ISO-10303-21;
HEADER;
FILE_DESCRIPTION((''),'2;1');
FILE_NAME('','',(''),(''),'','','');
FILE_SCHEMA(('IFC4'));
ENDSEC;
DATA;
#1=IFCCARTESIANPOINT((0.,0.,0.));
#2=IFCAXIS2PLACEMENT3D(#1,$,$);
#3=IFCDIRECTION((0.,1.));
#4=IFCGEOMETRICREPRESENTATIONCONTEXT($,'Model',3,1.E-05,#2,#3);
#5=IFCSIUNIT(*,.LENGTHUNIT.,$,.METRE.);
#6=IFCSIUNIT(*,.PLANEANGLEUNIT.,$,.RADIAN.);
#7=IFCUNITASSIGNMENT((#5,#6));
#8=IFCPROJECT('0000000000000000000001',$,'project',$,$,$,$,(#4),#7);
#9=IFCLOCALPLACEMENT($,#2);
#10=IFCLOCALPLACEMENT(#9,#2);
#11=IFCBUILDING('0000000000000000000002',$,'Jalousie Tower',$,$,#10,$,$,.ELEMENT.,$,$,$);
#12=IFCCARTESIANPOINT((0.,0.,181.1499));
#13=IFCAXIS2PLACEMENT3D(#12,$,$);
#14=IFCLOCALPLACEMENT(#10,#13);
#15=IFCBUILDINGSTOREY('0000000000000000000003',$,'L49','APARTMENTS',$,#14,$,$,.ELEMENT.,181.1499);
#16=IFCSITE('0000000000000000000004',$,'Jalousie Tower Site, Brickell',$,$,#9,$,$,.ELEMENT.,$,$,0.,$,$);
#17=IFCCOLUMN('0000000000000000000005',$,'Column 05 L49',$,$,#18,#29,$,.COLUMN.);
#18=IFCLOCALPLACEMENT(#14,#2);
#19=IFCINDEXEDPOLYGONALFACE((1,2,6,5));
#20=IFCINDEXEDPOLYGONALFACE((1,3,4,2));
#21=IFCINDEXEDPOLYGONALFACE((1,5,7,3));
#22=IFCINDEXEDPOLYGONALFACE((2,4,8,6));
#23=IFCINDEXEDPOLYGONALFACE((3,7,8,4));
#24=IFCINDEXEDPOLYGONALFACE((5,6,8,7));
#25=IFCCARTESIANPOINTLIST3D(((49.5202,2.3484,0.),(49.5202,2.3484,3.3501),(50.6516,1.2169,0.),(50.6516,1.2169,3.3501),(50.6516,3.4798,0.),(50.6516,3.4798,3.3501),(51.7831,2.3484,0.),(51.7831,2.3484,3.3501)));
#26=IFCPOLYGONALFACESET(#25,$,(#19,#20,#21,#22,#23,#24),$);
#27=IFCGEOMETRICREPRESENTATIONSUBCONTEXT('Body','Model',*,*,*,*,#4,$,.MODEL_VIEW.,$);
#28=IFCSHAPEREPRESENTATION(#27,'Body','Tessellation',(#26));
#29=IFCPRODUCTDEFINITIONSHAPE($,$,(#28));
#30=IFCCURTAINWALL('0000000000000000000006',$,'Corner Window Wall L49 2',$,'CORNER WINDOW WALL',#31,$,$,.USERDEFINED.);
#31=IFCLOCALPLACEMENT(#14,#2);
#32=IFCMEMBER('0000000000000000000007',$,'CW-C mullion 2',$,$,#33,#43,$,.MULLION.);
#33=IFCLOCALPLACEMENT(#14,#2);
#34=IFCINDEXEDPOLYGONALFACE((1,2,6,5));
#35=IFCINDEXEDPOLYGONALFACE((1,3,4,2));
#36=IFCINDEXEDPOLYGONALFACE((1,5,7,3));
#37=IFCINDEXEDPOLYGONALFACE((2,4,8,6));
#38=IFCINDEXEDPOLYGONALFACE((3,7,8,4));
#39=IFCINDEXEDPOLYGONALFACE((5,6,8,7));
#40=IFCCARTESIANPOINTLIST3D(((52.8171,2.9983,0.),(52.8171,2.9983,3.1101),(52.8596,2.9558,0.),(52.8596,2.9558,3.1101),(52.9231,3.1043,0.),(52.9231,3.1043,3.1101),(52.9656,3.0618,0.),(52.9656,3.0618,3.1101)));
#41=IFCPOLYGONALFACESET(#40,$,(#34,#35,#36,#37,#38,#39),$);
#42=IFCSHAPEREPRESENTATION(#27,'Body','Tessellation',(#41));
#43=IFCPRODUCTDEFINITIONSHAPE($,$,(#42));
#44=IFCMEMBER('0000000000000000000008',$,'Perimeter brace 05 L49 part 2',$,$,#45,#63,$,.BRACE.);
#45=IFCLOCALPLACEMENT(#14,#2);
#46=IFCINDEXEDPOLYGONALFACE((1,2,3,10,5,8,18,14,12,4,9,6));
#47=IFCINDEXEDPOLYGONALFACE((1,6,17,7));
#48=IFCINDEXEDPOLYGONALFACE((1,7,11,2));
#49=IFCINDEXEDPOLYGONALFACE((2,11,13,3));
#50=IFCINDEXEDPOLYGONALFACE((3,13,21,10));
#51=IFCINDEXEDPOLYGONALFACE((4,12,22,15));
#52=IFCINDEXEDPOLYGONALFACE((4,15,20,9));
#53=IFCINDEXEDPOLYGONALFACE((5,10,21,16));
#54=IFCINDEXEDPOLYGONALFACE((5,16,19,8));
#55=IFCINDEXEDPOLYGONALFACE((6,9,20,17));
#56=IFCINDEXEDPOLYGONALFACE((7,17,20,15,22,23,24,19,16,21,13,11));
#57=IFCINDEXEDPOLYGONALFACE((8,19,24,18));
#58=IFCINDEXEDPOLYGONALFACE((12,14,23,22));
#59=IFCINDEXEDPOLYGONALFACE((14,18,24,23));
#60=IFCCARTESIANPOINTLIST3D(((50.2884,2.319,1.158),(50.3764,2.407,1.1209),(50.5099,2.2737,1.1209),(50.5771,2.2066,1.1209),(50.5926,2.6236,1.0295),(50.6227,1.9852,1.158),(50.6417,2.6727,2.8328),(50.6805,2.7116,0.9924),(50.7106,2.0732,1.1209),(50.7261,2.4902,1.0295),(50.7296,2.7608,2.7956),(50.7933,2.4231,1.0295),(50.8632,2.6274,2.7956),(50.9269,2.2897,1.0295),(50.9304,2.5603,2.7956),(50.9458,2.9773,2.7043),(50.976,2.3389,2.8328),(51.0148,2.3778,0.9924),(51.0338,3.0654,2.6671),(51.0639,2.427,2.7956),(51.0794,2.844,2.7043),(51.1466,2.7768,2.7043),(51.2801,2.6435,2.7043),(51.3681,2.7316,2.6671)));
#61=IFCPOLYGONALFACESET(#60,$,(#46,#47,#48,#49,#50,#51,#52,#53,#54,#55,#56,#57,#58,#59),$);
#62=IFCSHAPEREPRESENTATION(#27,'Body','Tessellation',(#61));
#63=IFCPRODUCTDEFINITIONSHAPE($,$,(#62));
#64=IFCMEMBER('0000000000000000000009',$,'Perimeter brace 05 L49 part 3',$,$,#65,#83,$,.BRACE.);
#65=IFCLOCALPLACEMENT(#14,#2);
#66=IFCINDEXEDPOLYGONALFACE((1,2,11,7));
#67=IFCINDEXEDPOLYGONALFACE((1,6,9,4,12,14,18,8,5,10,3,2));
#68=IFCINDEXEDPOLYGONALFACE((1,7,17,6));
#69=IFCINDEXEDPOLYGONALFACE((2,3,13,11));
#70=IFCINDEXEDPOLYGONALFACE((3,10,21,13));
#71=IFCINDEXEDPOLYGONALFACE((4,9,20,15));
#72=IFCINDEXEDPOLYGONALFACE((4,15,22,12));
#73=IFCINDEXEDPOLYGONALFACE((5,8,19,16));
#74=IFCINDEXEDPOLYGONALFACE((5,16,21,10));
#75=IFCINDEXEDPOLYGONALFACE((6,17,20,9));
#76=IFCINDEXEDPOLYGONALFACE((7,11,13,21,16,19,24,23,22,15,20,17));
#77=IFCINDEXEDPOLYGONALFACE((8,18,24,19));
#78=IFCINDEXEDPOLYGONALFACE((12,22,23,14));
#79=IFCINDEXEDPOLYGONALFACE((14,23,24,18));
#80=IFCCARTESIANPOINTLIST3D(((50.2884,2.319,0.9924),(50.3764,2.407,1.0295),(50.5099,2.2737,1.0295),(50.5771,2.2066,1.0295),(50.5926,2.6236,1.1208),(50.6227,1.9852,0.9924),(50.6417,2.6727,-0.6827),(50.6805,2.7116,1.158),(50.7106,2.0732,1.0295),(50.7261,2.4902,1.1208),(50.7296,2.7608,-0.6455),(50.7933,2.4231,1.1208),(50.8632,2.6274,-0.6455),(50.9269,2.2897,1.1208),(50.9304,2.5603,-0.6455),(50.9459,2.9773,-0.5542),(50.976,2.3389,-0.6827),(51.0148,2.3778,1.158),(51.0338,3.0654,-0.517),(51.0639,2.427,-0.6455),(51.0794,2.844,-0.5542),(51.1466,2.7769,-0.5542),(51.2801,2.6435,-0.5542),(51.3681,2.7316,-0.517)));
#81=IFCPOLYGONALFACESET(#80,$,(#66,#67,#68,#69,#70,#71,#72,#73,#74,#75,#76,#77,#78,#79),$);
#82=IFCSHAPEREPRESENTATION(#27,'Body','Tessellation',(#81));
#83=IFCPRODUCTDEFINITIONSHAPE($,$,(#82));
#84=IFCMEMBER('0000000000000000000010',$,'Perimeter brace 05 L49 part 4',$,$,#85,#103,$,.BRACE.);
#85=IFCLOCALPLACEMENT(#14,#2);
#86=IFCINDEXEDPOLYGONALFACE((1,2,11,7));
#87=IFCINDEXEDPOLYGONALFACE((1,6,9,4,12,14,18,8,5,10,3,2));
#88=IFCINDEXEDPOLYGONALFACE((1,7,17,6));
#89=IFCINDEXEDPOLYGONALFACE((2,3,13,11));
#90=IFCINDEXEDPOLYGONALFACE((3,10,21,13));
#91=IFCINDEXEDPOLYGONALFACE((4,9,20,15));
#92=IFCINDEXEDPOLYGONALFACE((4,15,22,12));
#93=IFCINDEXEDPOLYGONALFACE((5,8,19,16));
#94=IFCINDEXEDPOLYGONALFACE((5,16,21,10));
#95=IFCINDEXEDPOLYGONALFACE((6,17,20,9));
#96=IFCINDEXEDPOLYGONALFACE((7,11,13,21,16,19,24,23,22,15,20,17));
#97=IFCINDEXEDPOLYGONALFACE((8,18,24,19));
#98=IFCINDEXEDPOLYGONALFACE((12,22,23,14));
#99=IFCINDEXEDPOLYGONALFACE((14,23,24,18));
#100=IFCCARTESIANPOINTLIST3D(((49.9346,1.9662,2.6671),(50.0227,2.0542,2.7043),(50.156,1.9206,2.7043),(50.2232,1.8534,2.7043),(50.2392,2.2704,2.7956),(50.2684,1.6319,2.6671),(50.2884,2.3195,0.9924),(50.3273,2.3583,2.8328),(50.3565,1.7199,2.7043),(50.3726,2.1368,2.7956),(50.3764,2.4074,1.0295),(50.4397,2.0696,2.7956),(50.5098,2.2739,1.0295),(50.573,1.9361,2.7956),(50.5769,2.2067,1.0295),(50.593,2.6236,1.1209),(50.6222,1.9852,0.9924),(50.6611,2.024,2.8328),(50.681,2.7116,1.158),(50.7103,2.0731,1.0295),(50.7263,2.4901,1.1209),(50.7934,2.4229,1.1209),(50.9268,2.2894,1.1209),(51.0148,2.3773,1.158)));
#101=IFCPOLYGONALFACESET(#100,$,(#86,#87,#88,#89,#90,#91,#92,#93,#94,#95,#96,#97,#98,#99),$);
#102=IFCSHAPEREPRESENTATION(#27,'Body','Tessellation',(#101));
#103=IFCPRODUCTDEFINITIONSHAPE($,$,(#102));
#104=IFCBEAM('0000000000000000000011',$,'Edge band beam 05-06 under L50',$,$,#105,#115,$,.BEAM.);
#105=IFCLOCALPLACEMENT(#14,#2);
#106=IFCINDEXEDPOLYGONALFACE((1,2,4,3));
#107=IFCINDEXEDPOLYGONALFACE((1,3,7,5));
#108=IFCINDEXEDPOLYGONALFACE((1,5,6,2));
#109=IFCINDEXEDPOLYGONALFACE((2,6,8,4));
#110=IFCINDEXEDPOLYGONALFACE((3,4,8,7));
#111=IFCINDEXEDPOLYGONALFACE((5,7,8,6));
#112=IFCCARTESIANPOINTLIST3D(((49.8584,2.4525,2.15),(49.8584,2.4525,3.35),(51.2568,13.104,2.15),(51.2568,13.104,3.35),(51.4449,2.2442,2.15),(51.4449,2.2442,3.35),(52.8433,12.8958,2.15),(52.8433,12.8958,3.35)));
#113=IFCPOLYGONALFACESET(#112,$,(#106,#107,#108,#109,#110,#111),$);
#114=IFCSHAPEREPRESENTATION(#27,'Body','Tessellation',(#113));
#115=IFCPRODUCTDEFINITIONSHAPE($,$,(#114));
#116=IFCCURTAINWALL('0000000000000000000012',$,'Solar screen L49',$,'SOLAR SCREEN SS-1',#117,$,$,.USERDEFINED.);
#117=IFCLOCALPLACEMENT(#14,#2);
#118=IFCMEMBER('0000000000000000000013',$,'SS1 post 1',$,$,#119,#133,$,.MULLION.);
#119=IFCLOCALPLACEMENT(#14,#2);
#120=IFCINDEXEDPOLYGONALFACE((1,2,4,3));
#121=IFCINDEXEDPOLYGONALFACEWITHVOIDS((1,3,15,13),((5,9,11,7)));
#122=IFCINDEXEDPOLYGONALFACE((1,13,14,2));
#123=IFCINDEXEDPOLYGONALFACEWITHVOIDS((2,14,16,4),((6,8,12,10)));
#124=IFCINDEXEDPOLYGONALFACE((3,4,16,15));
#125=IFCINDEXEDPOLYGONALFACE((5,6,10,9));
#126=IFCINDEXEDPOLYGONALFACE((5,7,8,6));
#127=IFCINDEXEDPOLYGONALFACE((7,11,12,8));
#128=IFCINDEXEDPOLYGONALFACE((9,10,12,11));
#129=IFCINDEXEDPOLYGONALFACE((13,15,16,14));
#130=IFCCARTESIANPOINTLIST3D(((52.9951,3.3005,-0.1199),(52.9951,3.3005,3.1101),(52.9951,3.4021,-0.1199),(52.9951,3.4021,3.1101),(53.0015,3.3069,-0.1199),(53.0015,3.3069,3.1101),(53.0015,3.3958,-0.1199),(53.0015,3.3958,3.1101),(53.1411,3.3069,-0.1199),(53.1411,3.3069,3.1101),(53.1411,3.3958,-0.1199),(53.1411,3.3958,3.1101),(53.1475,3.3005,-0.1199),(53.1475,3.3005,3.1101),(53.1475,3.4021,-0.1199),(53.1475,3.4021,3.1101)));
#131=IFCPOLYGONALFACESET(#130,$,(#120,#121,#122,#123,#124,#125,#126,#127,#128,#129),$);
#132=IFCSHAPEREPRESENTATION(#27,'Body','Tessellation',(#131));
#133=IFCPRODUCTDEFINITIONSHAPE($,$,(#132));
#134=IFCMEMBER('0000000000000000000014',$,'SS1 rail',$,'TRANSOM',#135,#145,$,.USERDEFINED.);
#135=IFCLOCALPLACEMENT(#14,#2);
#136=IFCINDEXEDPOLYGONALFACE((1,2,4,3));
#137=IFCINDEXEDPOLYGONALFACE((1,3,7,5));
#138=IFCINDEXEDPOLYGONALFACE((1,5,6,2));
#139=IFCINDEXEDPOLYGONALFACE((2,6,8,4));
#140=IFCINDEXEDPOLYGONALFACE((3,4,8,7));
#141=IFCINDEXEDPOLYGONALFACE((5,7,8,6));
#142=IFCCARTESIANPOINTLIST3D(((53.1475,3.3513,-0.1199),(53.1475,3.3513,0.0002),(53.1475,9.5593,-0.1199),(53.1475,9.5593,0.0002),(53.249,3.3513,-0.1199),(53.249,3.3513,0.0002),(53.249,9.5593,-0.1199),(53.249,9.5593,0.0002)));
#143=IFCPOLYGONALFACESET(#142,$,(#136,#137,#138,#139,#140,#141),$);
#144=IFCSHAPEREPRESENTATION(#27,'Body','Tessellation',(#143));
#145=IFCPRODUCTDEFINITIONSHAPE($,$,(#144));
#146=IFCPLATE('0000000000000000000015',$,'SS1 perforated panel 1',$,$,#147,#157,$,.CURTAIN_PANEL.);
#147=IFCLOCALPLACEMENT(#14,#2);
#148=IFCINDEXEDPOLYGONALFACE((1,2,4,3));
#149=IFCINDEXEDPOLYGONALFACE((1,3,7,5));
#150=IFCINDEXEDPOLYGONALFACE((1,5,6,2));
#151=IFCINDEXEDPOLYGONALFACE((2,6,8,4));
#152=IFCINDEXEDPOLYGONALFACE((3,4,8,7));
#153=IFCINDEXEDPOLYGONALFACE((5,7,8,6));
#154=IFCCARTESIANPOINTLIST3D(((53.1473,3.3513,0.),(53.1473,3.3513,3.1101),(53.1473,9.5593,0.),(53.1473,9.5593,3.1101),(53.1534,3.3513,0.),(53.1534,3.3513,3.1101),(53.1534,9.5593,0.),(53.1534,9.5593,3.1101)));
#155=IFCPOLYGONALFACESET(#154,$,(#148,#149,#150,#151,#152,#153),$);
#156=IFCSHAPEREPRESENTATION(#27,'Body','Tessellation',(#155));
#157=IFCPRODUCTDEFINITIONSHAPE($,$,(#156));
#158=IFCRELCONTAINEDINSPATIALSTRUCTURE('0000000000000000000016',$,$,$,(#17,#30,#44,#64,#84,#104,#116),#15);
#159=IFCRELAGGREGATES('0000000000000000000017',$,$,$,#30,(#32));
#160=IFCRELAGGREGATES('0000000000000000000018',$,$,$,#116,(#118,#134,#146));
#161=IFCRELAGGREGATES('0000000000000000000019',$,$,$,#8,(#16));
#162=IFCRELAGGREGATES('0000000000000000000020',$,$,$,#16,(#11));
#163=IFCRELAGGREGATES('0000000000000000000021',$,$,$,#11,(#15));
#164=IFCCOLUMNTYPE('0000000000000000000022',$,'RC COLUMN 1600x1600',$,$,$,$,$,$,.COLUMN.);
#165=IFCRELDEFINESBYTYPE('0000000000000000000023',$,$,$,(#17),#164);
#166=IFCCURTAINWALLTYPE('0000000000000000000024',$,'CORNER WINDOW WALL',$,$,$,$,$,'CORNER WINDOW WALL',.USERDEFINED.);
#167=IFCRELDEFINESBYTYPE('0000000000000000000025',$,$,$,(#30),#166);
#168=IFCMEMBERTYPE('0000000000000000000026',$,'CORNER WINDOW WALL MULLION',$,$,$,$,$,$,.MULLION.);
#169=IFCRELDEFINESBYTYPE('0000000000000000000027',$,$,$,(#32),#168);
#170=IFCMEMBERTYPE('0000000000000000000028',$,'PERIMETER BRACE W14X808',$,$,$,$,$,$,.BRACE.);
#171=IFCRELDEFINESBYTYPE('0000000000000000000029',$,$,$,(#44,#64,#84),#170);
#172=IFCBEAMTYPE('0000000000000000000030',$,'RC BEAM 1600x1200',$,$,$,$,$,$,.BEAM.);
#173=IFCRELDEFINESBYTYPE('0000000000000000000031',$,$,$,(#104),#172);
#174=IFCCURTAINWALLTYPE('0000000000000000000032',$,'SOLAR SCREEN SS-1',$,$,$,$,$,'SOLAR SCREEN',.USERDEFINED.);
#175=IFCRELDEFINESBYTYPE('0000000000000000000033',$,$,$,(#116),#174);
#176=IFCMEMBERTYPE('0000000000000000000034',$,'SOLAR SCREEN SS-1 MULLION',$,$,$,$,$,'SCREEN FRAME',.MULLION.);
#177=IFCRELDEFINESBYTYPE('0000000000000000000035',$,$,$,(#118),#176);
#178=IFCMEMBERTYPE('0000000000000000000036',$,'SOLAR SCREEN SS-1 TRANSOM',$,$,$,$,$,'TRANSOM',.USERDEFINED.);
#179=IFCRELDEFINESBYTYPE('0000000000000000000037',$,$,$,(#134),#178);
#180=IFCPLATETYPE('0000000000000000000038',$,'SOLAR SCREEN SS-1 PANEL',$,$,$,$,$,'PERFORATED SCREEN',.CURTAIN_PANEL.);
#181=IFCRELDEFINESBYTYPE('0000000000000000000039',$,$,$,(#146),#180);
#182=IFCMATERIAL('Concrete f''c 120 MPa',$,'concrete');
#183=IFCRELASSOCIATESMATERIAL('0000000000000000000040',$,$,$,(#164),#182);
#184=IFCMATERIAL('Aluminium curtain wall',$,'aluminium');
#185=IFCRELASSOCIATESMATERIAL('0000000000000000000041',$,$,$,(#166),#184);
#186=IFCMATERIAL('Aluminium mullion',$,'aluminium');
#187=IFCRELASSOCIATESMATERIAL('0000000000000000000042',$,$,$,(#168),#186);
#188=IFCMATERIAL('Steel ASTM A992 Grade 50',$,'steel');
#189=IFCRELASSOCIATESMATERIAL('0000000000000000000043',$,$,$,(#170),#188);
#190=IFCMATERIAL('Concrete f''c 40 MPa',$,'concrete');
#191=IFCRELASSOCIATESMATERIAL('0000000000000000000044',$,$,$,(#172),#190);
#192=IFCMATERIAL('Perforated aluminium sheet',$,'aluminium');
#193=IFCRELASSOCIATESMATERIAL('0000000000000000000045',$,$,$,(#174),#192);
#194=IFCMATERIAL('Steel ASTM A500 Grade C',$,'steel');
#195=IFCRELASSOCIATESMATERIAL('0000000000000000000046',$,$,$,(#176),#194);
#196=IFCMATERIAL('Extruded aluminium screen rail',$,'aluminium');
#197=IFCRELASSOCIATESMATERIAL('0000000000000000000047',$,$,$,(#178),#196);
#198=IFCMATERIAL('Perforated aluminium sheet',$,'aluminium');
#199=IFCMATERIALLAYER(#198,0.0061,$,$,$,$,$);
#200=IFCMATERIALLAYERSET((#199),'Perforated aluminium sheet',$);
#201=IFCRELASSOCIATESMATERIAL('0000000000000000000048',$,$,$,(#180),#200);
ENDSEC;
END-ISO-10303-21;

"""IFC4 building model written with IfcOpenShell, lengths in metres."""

from ifc_helpers import new_model, si_unit, direction, frame, origin, origin_2d, place, context, subcontext, project, spatial, rectangle, hollow_rectangle, i_section, extrude, material, layer, layer_set, material_profile, profile_set, type_object, element, aggregate, save


model = new_model("IFC4")

# Units and contexts
model_context = context("Model", 3, precision=1e-05, world=origin(), true_north=direction((0.0, 1.0)))
body_context = subcontext(model_context, "Body", "Model", "MODEL_VIEW")
ifc_project = project(units=[si_unit("LENGTHUNIT", "METRE"), si_unit("PLANEANGLEUNIT", "RADIAN")], contexts=[model_context])

# Site, building, storey
site_placement = place(None, origin())
site = spatial("IfcSite", under=ifc_project, at=site_placement, Name="Jalousie Tower Site, Brickell", CompositionType="ELEMENT", RefElevation=0.0)
building_placement = place(site_placement, origin())
building = spatial("IfcBuilding", under=site, at=building_placement, Name="Jalousie Tower", CompositionType="ELEMENT")
storey_placement = place(building_placement, frame((0.0, 0.0, 181.1499)))
storey = spatial("IfcBuildingStorey", under=building, at=storey_placement, Name="L49", Description="APARTMENTS", CompositionType="ELEMENT", Elevation=181.1499)

# Column
ifc_material_1 = material(Name="Concrete f'c 120 MPa", Category="concrete")
ifc_material_profile_1 = material_profile(ifc_material_1, rectangle(XDim=1.6001, YDim=1.6001, at=origin_2d()), Name="RC 1600x1600")
ifc_profile_set_1 = profile_set([ifc_material_profile_1], Name="Concrete f'c 120 MPa")
column_type = type_object("IfcColumnType", Name="RC COLUMN 1600x1600", PredefinedType="COLUMN", material=ifc_profile_set_1)
column_placement = place(storey_placement, frame((50.6516, 2.3484, 0.0), z_axis=(0.0, 0.0, 1.0), x_axis=(0.707107, 0.707107, 0.0)))
element("IfcColumn", 1, at=column_placement, inside=storey, type_object=column_type, Name="Column 05 L49", PredefinedType="COLUMN", context=body_context, shape_type="SweptSolid", body=[
    extrude(rectangle(XDim=1.6001, YDim=1.6001, at=origin_2d()), origin(), (0.0, 0.0, 1.0), 3.3501),
])

# Curtain wall, member
ifc_material_2 = material(Name="Aluminium curtain wall", Category="aluminium")
curtain_wall_type_1 = type_object("IfcCurtainWallType", Name="CORNER WINDOW WALL", ElementType="CORNER WINDOW WALL", PredefinedType="USERDEFINED", material=ifc_material_2)
curtain_wall_1_placement = place(storey_placement, origin())
curtain_wall_1 = element("IfcCurtainWall", 2, at=curtain_wall_1_placement, inside=storey, type_object=curtain_wall_type_1, Name="Corner Window Wall L49 2", ObjectType="CORNER WINDOW WALL", PredefinedType="USERDEFINED")
ifc_material_3 = material(Name="Aluminium mullion", Category="aluminium")
ifc_material_profile_2 = material_profile(ifc_material_3, rectangle(XDim=0.0601, YDim=0.1499, at=origin_2d()), Name="MULLION 60x150")
ifc_profile_set_2 = profile_set([ifc_material_profile_2], Name="Aluminium mullion")
member_type_1 = type_object("IfcMemberType", Name="CORNER WINDOW WALL MULLION", PredefinedType="MULLION", material=ifc_profile_set_2)
member_1_placement = place(storey_placement, frame((52.8914, 3.03, 0.0), z_axis=(0.0, 0.0, 1.0), x_axis=(-0.707107, 0.707107, 0.0)))
member_1 = element("IfcMember", 3, at=member_1_placement, type_object=member_type_1, Name="CW-C mullion 2", PredefinedType="MULLION", context=body_context, shape_type="SweptSolid", body=[
    extrude(rectangle(XDim=0.0601, YDim=0.1499, at=origin_2d()), origin(), (0.0, 0.0, 1.0), 3.1101),
])
aggregate(curtain_wall_1, [member_1])

# Members
ifc_material_4 = material(Name="Steel ASTM A992 Grade 50", Category="steel")
ifc_material_profile_3 = material_profile(ifc_material_4, i_section(OverallWidth=0.4724, OverallDepth=0.5791, WebThickness=0.095, FlangeThickness=0.1299, at=origin_2d()), Name="W14X808")
ifc_profile_set_3 = profile_set([ifc_material_profile_3], Name="Steel ASTM A992 Grade 50")
member_type_2 = type_object("IfcMemberType", Name="PERIMETER BRACE W14X808", PredefinedType="BRACE", material=ifc_profile_set_3)
member_2_placement = place(storey_placement, frame((50.6516, 2.3484, 1.0752), z_axis=(0.20212, 0.202399, 0.958218), x_axis=(-0.707595, 0.706618, 0.0)))
element("IfcMember", 4, at=member_2_placement, inside=storey, type_object=member_type_2, Name="Perimeter brace 05 L49 part 2", PredefinedType="BRACE", context=body_context, shape_type="SweptSolid", body=[
    extrude(i_section(OverallWidth=0.4724, OverallDepth=0.5791, WebThickness=0.095, FlangeThickness=0.1299, at=origin_2d()), origin(), (0.0, 0.0, 1.0), 1.7478),
])
member_3_placement = place(storey_placement, frame((51.0049, 2.7021, -0.5999), z_axis=(-0.202093, -0.202372, 0.95823), x_axis=(0.707595, -0.706618, 0.0)))
element("IfcMember", 5, at=member_3_placement, inside=storey, type_object=member_type_2, Name="Perimeter brace 05 L49 part 3", PredefinedType="BRACE", context=body_context, shape_type="SweptSolid", body=[
    extrude(i_section(OverallWidth=0.4724, OverallDepth=0.5791, WebThickness=0.095, FlangeThickness=0.1299, at=origin_2d()), origin(), (0.0, 0.0, 1.0), 1.748),
])
member_4_placement = place(storey_placement, frame((50.6516, 2.3484, 1.0752), z_axis=(-0.202399, -0.20212, 0.958218), x_axis=(0.706618, -0.707595, 0.0)))
element("IfcMember", 6, at=member_4_placement, inside=storey, type_object=member_type_2, Name="Perimeter brace 05 L49 part 4", PredefinedType="BRACE", context=body_context, shape_type="SweptSolid", body=[
    extrude(i_section(OverallWidth=0.4724, OverallDepth=0.5791, WebThickness=0.095, FlangeThickness=0.1299, at=origin_2d()), origin(), (0.0, 0.0, 1.0), 1.7478),
])

# Beam
ifc_material_5 = material(Name="Concrete f'c 40 MPa", Category="concrete")
ifc_material_profile_4 = material_profile(ifc_material_5, rectangle(XDim=1.6001, YDim=1.2, at=origin_2d()), Name="RC 1600x1200")
ifc_profile_set_4 = profile_set([ifc_material_profile_4], Name="Concrete f'c 40 MPa")
beam_type = type_object("IfcBeamType", Name="RC BEAM 1600x1200", PredefinedType="BEAM", material=ifc_profile_set_4)
beam_placement = place(storey_placement, frame((50.6516, 2.3484, 2.75), z_axis=(0.130172, 0.991491, 0.0), x_axis=(-0.991491, 0.130172, 0.0)))
element("IfcBeam", 7, at=beam_placement, inside=storey, type_object=beam_type, Name="Edge band beam 05-06 under L50", PredefinedType="BEAM", context=body_context, shape_type="SweptSolid", body=[
    extrude(rectangle(XDim=1.6001, YDim=1.2, at=origin_2d()), origin(), (0.0, 0.0, 1.0), 10.7429),
])

# Curtain wall, members, plate
ifc_material_6 = material(Name="Perforated aluminium sheet", Category="aluminium")
curtain_wall_type_2 = type_object("IfcCurtainWallType", Name="SOLAR SCREEN SS-1", ElementType="SOLAR SCREEN", PredefinedType="USERDEFINED", material=ifc_material_6)
curtain_wall_2_placement = place(storey_placement, origin())
curtain_wall_2 = element("IfcCurtainWall", 8, at=curtain_wall_2_placement, inside=storey, type_object=curtain_wall_type_2, Name="Solar screen L49", ObjectType="SOLAR SCREEN SS-1", PredefinedType="USERDEFINED")
ifc_material_7 = material(Name="Steel ASTM A500 Grade C", Category="steel")
ifc_material_profile_5 = material_profile(ifc_material_7, hollow_rectangle(XDim=0.1016, YDim=0.1523, WallThickness=0.0063, at=origin_2d()), Name="HSS6X4X1/4")
ifc_profile_set_5 = profile_set([ifc_material_profile_5], Name="Steel ASTM A500 Grade C")
member_type_3 = type_object("IfcMemberType", Name="SOLAR SCREEN SS-1 MULLION", ElementType="SCREEN FRAME", PredefinedType="MULLION", material=ifc_profile_set_5)
member_5_placement = place(storey_placement, frame((53.0713, 3.3513, -0.1199), z_axis=(0.0, 0.0, 1.0), x_axis=(0.0, 1.0, 0.0)))
member_5 = element("IfcMember", 9, at=member_5_placement, type_object=member_type_3, Name="SS1 post 1", PredefinedType="MULLION", context=body_context, shape_type="SweptSolid", body=[
    extrude(hollow_rectangle(XDim=0.1016, YDim=0.1523, WallThickness=0.0063, at=origin_2d()), origin(), (0.0, 0.0, 1.0), 3.23),
])
ifc_material_8 = material(Name="Extruded aluminium screen rail", Category="aluminium")
ifc_material_profile_6 = material_profile(ifc_material_8, rectangle(XDim=0.1016, YDim=0.1201, at=origin_2d()), Name="RAIL 102x120")
ifc_profile_set_6 = profile_set([ifc_material_profile_6], Name="Extruded aluminium screen rail")
member_type_4 = type_object("IfcMemberType", Name="SOLAR SCREEN SS-1 TRANSOM", ElementType="TRANSOM", PredefinedType="USERDEFINED", material=ifc_profile_set_6)
member_6_placement = place(storey_placement, frame((53.1982, 3.3513, -0.0598), z_axis=(0.0, 1.0, 0.0), x_axis=(-1.0, 0.0, 0.0)))
member_6 = element("IfcMember", 10, at=member_6_placement, type_object=member_type_4, Name="SS1 rail", ObjectType="TRANSOM", PredefinedType="USERDEFINED", context=body_context, shape_type="SweptSolid", body=[
    extrude(rectangle(XDim=0.1016, YDim=0.1201, at=origin_2d()), origin(), (0.0, 0.0, 1.0), 6.208),
])
ifc_material_9 = material(Name="Perforated aluminium sheet", Category="aluminium")
ifc_layer = layer(ifc_material_9, 0.0061)
ifc_layer_set = layer_set([ifc_layer], Name="Perforated aluminium sheet")
plate_type = type_object("IfcPlateType", Name="SOLAR SCREEN SS-1 PANEL", ElementType="PERFORATED SCREEN", PredefinedType="CURTAIN_PANEL", material=ifc_layer_set)
plate_placement = place(storey_placement, frame((53.1504, 6.4553, 0.0), z_axis=(0.0, 0.0, 1.0), x_axis=(0.0, 1.0, 0.0)))
plate = element("IfcPlate", 11, at=plate_placement, type_object=plate_type, Name="SS1 perforated panel 1", PredefinedType="CURTAIN_PANEL", context=body_context, shape_type="SweptSolid", body=[
    extrude(rectangle(XDim=6.208, YDim=0.0061, at=origin_2d()), origin(), (0.0, 0.0, 1.0), 3.1101),
])
aggregate(curtain_wall_2, [member_5, member_6, plate])

save(model, "model.ifc")
